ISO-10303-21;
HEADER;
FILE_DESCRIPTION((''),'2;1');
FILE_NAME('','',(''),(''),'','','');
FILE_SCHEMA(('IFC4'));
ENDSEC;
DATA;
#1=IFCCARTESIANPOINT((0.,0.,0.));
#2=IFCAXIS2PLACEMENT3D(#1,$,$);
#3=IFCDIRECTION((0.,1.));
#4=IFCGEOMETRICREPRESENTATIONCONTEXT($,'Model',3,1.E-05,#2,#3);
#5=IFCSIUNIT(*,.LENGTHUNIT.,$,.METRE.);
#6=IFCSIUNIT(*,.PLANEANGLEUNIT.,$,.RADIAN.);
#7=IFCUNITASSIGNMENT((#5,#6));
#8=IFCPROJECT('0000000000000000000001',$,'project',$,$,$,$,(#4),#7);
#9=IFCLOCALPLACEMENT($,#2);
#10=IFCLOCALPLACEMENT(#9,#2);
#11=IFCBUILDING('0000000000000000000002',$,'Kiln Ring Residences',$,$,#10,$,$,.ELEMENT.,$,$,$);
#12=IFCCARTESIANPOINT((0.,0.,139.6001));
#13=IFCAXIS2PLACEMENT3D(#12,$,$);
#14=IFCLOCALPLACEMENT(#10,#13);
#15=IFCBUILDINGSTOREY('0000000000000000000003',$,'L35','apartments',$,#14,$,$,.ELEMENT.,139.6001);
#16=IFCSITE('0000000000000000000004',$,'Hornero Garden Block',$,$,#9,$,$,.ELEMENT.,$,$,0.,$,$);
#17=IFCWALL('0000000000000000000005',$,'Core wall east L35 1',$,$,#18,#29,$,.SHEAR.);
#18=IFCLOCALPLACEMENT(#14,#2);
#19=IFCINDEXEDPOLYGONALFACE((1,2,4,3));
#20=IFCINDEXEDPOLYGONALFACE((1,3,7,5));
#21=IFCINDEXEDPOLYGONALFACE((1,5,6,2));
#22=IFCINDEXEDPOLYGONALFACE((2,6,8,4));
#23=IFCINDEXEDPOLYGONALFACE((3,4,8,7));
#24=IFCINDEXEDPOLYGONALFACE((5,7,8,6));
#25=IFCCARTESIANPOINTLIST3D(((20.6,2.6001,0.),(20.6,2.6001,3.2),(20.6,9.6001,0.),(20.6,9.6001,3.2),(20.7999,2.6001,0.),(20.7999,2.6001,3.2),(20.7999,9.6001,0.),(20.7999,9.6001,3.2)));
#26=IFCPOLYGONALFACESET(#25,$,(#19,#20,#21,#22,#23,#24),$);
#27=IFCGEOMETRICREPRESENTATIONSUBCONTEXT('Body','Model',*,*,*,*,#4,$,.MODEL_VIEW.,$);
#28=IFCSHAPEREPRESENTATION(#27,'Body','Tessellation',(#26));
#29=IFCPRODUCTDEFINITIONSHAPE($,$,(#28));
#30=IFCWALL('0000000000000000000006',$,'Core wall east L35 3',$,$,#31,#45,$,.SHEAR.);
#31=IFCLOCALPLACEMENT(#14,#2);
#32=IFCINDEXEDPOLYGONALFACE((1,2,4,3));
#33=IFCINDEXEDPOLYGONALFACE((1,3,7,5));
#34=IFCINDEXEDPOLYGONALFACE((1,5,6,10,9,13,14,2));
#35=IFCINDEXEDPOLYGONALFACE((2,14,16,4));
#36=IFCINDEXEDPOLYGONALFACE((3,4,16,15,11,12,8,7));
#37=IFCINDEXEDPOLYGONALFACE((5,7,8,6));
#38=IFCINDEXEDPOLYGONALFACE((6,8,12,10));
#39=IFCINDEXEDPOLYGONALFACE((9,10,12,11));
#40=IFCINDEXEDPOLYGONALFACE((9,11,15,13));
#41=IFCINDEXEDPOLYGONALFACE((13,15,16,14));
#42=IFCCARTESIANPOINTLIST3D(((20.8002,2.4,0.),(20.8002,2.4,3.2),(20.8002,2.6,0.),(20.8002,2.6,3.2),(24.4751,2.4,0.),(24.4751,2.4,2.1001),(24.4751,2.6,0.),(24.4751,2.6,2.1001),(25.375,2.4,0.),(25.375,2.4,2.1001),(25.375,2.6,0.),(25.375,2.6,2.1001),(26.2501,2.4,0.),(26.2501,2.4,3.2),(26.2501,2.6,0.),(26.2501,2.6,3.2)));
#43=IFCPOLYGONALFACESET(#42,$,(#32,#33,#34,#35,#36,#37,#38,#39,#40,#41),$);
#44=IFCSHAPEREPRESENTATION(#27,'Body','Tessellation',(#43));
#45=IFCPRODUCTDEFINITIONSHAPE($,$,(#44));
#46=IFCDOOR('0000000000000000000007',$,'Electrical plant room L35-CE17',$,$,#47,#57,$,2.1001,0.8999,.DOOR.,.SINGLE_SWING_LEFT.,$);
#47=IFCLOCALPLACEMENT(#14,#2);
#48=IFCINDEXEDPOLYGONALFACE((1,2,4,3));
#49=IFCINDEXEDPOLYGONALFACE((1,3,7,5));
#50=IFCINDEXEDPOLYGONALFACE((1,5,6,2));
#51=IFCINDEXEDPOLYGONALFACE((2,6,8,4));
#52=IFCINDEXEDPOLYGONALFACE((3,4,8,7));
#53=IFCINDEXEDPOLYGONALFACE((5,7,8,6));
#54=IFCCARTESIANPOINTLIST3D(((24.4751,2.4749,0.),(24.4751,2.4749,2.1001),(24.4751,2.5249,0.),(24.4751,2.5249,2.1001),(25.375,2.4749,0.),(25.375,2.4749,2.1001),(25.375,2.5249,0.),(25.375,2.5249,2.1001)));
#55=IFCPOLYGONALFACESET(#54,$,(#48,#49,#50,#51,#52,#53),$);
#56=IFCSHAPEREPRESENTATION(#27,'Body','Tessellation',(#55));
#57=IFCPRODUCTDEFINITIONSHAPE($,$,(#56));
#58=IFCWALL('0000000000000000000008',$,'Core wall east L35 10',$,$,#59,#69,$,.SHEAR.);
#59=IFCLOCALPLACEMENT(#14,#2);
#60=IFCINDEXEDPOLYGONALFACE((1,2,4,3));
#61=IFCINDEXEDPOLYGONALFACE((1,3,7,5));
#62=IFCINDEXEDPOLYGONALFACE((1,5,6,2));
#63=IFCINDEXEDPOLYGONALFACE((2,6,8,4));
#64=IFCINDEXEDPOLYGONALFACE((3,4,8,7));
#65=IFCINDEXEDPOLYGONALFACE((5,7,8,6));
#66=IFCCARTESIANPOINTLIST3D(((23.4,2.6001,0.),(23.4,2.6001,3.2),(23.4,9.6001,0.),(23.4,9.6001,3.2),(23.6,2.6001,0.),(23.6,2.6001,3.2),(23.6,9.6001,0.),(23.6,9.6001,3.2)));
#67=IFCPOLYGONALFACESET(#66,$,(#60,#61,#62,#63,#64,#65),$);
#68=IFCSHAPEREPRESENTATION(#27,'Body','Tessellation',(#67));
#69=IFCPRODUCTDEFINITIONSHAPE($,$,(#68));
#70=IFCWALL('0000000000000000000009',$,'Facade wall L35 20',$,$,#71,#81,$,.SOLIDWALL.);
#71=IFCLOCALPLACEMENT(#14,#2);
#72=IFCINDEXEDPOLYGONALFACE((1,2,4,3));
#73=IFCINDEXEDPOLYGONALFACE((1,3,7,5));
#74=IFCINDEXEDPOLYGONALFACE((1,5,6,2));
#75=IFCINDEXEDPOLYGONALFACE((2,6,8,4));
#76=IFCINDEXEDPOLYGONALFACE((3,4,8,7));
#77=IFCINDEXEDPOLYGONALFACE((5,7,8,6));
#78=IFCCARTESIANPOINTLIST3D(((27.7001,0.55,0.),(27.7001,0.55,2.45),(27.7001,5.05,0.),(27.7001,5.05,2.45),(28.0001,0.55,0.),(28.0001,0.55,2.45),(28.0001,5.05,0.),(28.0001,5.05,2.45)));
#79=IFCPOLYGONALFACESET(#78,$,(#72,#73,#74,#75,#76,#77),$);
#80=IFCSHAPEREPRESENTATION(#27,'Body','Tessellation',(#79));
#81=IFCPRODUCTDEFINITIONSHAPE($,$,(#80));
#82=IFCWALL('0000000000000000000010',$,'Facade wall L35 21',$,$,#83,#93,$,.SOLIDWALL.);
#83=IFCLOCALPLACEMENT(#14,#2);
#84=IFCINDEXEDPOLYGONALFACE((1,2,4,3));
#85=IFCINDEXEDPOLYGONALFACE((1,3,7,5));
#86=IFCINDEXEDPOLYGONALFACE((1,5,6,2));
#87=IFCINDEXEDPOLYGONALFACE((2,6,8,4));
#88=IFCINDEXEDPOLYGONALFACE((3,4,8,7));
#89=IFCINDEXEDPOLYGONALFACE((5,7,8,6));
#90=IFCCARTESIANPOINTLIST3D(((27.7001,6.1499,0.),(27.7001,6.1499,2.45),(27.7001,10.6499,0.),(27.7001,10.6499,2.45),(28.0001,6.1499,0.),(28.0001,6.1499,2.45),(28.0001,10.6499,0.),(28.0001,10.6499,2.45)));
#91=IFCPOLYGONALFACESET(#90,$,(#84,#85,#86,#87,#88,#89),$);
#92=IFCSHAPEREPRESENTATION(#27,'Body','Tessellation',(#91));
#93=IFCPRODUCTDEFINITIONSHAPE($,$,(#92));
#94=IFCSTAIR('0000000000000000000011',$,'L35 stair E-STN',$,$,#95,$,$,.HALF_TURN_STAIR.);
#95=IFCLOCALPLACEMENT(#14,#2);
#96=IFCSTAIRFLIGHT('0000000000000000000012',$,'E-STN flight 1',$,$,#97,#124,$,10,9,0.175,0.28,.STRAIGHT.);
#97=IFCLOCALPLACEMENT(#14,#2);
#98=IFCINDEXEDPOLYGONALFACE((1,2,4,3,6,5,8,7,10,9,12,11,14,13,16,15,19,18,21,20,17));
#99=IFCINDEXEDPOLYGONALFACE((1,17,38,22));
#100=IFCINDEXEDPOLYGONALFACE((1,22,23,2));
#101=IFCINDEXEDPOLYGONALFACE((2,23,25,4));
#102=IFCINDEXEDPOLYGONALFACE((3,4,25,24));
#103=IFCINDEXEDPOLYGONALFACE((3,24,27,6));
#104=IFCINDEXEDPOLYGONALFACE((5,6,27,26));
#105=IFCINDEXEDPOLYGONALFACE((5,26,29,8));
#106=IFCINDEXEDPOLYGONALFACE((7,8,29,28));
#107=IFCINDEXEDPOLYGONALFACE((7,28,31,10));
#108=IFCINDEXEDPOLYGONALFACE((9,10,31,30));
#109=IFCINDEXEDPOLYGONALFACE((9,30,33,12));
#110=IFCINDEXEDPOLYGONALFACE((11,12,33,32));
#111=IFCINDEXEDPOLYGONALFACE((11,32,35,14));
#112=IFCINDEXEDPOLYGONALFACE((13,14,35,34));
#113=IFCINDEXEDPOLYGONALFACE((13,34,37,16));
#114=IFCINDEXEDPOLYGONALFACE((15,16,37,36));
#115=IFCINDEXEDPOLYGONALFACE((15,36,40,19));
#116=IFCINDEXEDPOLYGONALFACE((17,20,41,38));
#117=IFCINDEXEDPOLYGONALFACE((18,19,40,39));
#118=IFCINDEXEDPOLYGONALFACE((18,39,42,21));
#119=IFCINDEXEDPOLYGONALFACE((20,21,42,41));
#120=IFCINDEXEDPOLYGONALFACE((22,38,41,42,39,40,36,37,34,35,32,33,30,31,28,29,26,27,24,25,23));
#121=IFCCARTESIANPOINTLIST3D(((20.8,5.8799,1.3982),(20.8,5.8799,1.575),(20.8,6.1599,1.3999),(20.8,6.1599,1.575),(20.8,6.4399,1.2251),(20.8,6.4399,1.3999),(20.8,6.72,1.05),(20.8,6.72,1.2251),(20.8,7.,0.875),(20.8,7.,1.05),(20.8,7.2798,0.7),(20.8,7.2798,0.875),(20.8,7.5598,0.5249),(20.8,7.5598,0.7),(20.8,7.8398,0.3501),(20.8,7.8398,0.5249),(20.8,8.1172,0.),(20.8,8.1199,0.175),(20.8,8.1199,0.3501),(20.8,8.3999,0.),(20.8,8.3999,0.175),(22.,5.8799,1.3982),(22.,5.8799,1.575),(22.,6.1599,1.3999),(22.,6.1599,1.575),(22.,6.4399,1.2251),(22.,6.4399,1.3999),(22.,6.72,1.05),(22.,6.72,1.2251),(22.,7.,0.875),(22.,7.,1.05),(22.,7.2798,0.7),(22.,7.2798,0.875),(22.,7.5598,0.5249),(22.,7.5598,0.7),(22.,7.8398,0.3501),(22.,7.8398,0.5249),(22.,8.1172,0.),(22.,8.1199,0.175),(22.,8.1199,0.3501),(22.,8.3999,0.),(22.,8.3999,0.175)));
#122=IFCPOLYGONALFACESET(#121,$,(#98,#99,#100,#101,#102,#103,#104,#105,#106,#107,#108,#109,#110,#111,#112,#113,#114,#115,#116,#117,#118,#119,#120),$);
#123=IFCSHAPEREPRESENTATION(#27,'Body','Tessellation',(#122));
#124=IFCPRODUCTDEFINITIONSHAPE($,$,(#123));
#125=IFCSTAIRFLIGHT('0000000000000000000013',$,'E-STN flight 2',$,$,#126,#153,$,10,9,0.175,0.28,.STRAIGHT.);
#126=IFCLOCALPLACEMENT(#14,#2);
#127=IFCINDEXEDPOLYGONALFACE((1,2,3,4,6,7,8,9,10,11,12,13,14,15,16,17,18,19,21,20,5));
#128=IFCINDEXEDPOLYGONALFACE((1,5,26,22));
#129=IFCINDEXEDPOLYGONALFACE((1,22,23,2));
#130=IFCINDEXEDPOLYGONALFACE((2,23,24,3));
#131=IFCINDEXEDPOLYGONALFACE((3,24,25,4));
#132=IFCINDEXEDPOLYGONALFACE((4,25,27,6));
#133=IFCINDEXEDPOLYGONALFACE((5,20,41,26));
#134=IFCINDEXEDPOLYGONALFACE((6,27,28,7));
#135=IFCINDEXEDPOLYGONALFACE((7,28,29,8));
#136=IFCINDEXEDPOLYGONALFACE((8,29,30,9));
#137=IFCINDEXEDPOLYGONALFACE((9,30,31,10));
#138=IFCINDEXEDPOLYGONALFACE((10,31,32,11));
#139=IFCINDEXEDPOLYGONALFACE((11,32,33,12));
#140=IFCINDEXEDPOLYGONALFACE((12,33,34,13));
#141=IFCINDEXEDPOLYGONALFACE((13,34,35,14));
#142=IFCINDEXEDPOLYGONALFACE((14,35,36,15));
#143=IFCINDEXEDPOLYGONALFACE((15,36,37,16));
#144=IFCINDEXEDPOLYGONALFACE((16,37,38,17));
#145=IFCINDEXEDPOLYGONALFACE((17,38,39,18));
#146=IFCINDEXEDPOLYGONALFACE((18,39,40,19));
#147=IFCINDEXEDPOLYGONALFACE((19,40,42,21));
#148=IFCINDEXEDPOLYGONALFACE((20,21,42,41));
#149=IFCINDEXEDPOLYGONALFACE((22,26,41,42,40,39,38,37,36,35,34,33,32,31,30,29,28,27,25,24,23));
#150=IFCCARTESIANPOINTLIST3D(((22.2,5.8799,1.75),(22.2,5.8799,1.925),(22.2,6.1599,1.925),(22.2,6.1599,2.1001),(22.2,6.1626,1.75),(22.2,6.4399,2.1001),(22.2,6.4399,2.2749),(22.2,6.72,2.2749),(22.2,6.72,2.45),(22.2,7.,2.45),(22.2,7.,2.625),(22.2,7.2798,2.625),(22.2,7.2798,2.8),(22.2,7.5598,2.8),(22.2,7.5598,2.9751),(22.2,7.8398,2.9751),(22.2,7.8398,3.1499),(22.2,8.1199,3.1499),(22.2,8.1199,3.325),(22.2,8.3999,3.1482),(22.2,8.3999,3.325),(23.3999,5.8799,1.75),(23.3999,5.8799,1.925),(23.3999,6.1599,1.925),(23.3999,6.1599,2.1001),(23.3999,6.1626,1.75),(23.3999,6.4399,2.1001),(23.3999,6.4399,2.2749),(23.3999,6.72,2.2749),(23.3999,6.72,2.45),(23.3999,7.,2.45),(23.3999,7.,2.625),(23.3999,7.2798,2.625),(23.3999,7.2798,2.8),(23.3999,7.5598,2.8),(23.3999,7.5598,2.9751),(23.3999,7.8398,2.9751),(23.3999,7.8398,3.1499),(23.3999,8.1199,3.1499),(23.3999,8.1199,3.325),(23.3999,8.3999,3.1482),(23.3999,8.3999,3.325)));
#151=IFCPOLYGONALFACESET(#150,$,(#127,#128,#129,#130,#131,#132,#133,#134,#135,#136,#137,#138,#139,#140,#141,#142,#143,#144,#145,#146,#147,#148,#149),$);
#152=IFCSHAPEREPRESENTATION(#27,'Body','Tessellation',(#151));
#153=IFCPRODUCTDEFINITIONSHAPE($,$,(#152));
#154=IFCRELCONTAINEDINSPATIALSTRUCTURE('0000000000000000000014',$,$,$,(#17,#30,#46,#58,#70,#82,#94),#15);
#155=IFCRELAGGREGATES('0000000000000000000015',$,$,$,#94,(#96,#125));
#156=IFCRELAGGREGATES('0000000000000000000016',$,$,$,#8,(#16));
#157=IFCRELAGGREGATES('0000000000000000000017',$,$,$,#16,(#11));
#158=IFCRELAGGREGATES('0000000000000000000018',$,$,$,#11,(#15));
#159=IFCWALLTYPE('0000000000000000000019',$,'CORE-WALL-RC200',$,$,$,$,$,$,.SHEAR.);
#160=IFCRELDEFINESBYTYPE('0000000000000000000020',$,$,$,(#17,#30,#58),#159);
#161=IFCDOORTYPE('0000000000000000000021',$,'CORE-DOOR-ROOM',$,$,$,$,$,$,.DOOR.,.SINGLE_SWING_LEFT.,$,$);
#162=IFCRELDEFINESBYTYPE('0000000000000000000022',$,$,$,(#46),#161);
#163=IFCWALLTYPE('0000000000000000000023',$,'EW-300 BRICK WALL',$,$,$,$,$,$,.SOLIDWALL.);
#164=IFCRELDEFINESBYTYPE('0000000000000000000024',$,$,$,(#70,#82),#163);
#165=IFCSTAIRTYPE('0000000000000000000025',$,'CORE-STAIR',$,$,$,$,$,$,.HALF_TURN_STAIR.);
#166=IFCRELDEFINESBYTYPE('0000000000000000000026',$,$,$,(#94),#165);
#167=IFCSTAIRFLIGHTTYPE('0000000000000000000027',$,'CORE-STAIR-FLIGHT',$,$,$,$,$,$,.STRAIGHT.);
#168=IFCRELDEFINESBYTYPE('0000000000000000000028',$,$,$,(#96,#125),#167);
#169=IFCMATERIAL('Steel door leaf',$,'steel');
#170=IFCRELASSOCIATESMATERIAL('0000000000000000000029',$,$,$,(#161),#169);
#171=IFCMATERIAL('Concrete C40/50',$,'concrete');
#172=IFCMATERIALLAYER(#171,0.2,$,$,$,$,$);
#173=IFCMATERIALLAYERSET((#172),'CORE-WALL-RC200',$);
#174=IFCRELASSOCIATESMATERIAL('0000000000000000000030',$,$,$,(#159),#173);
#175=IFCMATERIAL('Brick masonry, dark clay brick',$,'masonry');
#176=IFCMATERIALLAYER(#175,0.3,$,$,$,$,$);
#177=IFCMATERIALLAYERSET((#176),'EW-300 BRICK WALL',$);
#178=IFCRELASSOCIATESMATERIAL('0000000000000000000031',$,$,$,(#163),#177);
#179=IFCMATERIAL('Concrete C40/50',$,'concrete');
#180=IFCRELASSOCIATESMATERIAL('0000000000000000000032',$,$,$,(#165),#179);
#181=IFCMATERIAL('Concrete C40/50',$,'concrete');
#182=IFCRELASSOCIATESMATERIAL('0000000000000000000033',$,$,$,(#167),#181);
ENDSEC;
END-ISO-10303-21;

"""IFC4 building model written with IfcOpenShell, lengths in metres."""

from ifc_helpers import new_model, si_unit, direction, frame, frame_2d, origin, place, context, subcontext, project, spatial, polyline, rectangle, outline, extrude, material, layer, layer_set, type_object, element, fill, aggregate, save


model = new_model("IFC4")

# Units and contexts
model_context = context("Model", 3, precision=1e-05, world=origin(), true_north=direction((0.0, 1.0)))
body_context = subcontext(model_context, "Body", "Model", "MODEL_VIEW")
ifc_project = project(units=[si_unit("LENGTHUNIT", "METRE"), si_unit("PLANEANGLEUNIT", "RADIAN")], contexts=[model_context])

# Site, building, storey
site_placement = place(None, origin())
site = spatial("IfcSite", under=ifc_project, at=site_placement, Name="Hornero Garden Block", CompositionType="ELEMENT", RefElevation=0.0)
building_placement = place(site_placement, origin())
building = spatial("IfcBuilding", under=site, at=building_placement, Name="Kiln Ring Residences", CompositionType="ELEMENT")
storey_placement = place(building_placement, frame((0.0, 0.0, 139.6001)))
storey = spatial("IfcBuildingStorey", under=building, at=storey_placement, Name="L35", Description="apartments", CompositionType="ELEMENT", Elevation=139.6001)

# Shared definitions
ifc_material_1 = material(Name="Steel door leaf", Category="steel")
door_type = type_object("IfcDoorType", Name="CORE-DOOR-ROOM", OperationType="SINGLE_SWING_LEFT", PredefinedType="DOOR", material=ifc_material_1)

# Wall
ifc_material_2 = material(Name="Concrete C40/50", Category="concrete")
ifc_layer_1 = layer(ifc_material_2, 0.2)
ifc_layer_set_1 = layer_set([ifc_layer_1], Name="CORE-WALL-RC200")
wall_type_1 = type_object("IfcWallType", Name="CORE-WALL-RC200", PredefinedType="SHEAR", material=ifc_layer_set_1)
wall_1_placement = place(storey_placement, frame((20.7, 2.6001, 0.0), z_axis=(0.0, 0.0, 1.0), x_axis=(0.0, 1.0, 0.0)))
element("IfcWall", 1, at=wall_1_placement, inside=storey, type_object=wall_type_1, Name="Core wall east L35 1", PredefinedType="SHEAR", context=body_context, shape_type="SweptSolid", body=[
    extrude(rectangle(XDim=7.0, YDim=0.2, at=frame_2d((3.5, 0.0))), origin(), (0.0, 0.0, 1.0), 3.2),
])

# Wall, opening, door
wall_2_placement = place(storey_placement, frame((20.8, 2.5, 0.0), z_axis=(0.0, 0.0, 1.0), x_axis=(1.0, 0.0, 0.0)))
wall_2 = element("IfcWall", 2, at=wall_2_placement, inside=storey, type_object=wall_type_1, Name="Core wall east L35 3", PredefinedType="SHEAR", context=body_context, shape_type="SweptSolid", body=[
    extrude(rectangle(XDim=5.45, YDim=0.2, at=frame_2d((2.7251, 0.0))), origin(), (0.0, 0.0, 1.0), 3.2),
])
opening_1_placement = place(wall_2_placement, frame((3.675, 0.0, 0.0)))
opening_1 = element("IfcOpeningElement", 3, at=opening_1_placement, cuts=wall_2, PredefinedType="OPENING", context=body_context, shape_type="SweptSolid", body=[
    extrude(rectangle(XDim=0.8999, YDim=2.1001, at=frame_2d((0.45, 1.05))), frame((0.0, 0.1099, 0.0), z_axis=(0.0, -1.0, 0.0), x_axis=(1.0, 0.0, 0.0)), (0.0, 0.0, 1.0), 0.22),
])
door_1_placement = place(opening_1_placement, origin())
door_1 = element("IfcDoor", 4, at=door_1_placement, inside=storey, type_object=door_type, Name="Electrical plant room L35-CE17", OperationType="SINGLE_SWING_LEFT", OverallHeight=2.1001, OverallWidth=0.8999, PredefinedType="DOOR", context=body_context, shape_type="SweptSolid", body=[
    extrude(rectangle(XDim=0.8999, YDim=2.1001, at=frame_2d((0.45, 1.05))), frame((0.0, 0.0249, 0.0), z_axis=(0.0, -1.0, 0.0), x_axis=(1.0, 0.0, 0.0)), (0.0, 0.0, 1.0), 0.05),
])
fill(opening_1, door_1)

# Walls
wall_3_placement = place(storey_placement, frame((23.5, 2.6001, 0.0), z_axis=(0.0, 0.0, 1.0), x_axis=(0.0, 1.0, 0.0)))
element("IfcWall", 5, at=wall_3_placement, inside=storey, type_object=wall_type_1, Name="Core wall east L35 10", PredefinedType="SHEAR", context=body_context, shape_type="SweptSolid", body=[
    extrude(rectangle(XDim=7.0, YDim=0.2, at=frame_2d((3.5, 0.0))), origin(), (0.0, 0.0, 1.0), 3.2),
])
ifc_material_3 = material(Name="Brick masonry, dark clay brick", Category="masonry")
ifc_layer_2 = layer(ifc_material_3, 0.3)
ifc_layer_set_2 = layer_set([ifc_layer_2], Name="EW-300 BRICK WALL")
wall_type_2 = type_object("IfcWallType", Name="EW-300 BRICK WALL", PredefinedType="SOLIDWALL", material=ifc_layer_set_2)
for number, where, z_axis, x_axis, name in (
    (6, (27.8501, 0.55, 0.0), (0.0, 0.0, 1.0), (0.0, 1.0, 0.0), "Facade wall L35 20"),
    (7, (27.8501, 6.1499, 0.0), (0.0, 0.0, 1.0), (0.0, 1.0, 0.0), "Facade wall L35 21"),
):
    element("IfcWall", number, at=place(storey_placement, frame(where, z_axis=z_axis, x_axis=x_axis)), inside=storey, type_object=wall_type_2, Name=name, PredefinedType="SOLIDWALL", context=body_context, shape_type="SweptSolid", body=[
        extrude(rectangle(XDim=4.5, YDim=0.3, at=frame_2d((2.25, 0.0))), origin(), (0.0, 0.0, 1.0), 2.45),
    ])

# Stair, stair flights
ifc_material_4 = material(Name="Concrete C40/50", Category="concrete")
stair_type = type_object("IfcStairType", Name="CORE-STAIR", PredefinedType="HALF_TURN_STAIR", material=ifc_material_4)
stair_placement = place(storey_placement, origin())
stair = element("IfcStair", 8, at=stair_placement, inside=storey, type_object=stair_type, Name="L35 stair E-STN", PredefinedType="HALF_TURN_STAIR")
ifc_material_5 = material(Name="Concrete C40/50", Category="concrete")
stair_flight_type = type_object("IfcStairFlightType", Name="CORE-STAIR-FLIGHT", PredefinedType="STRAIGHT", material=ifc_material_5)
stair_flight_1_placement = place(storey_placement, frame((21.3999, 8.3999, 0.0), z_axis=(0.0, 0.0, 1.0), x_axis=(0.0, -1.0, 0.0)))
stair_flight_1 = element("IfcStairFlight", 9, at=stair_flight_1_placement, type_object=stair_flight_type, Name="E-STN flight 1", NumberOfRisers=10, NumberOfTreads=9, PredefinedType="STRAIGHT", RiserHeight=0.175, TreadLength=0.28, context=body_context, shape_type="SweptSolid", body=[
    extrude(outline(polyline([(0.0, 0.0), (0.0, 0.175), (0.28, 0.175), (0.28, 0.3501), (0.5601, 0.3501), (0.5601, 0.5249), (0.8401, 0.5249), (0.8401, 0.7), (1.1201, 0.7), (1.1201, 0.875), (1.3999, 0.875), (1.3999, 1.05), (1.6799, 1.05), (1.6799, 1.2251), (1.96, 1.2251), (1.96, 1.3999), (2.24, 1.3999), (2.24, 1.575), (2.52, 1.575), (2.52, 1.75), (2.52, 1.3982), (0.2827, 0.0), (0.0, 0.0)])), frame((0.0, 0.6001, 0.0), z_axis=(0.0, -1.0, 0.0), x_axis=(1.0, 0.0, 0.0)), (0.0, 0.0, 1.0), 1.2),
])
stair_flight_2_placement = place(storey_placement, frame((22.8, 5.8799, 1.75), z_axis=(0.0, 0.0, 1.0), x_axis=(0.0, 1.0, 0.0)))
stair_flight_2 = element("IfcStairFlight", 10, at=stair_flight_2_placement, type_object=stair_flight_type, Name="E-STN flight 2", NumberOfRisers=10, NumberOfTreads=9, PredefinedType="STRAIGHT", RiserHeight=0.175, TreadLength=0.28, context=body_context, shape_type="SweptSolid", body=[
    extrude(outline(polyline([(0.0, 0.0), (0.0, 0.175), (0.28, 0.175), (0.28, 0.3501), (0.5601, 0.3501), (0.5601, 0.5249), (0.8401, 0.5249), (0.8401, 0.7), (1.1201, 0.7), (1.1201, 0.875), (1.3999, 0.875), (1.3999, 1.05), (1.6799, 1.05), (1.6799, 1.2251), (1.96, 1.2251), (1.96, 1.3999), (2.24, 1.3999), (2.24, 1.575), (2.52, 1.575), (2.52, 1.75), (2.52, 1.3982), (0.2827, 0.0), (0.0, 0.0)])), frame((0.0, 0.6001, 0.0), z_axis=(0.0, -1.0, 0.0), x_axis=(1.0, 0.0, 0.0)), (0.0, 0.0, 1.0), 1.2),
])
aggregate(stair, [stair_flight_1, stair_flight_2])

save(model, "model.ifc")
